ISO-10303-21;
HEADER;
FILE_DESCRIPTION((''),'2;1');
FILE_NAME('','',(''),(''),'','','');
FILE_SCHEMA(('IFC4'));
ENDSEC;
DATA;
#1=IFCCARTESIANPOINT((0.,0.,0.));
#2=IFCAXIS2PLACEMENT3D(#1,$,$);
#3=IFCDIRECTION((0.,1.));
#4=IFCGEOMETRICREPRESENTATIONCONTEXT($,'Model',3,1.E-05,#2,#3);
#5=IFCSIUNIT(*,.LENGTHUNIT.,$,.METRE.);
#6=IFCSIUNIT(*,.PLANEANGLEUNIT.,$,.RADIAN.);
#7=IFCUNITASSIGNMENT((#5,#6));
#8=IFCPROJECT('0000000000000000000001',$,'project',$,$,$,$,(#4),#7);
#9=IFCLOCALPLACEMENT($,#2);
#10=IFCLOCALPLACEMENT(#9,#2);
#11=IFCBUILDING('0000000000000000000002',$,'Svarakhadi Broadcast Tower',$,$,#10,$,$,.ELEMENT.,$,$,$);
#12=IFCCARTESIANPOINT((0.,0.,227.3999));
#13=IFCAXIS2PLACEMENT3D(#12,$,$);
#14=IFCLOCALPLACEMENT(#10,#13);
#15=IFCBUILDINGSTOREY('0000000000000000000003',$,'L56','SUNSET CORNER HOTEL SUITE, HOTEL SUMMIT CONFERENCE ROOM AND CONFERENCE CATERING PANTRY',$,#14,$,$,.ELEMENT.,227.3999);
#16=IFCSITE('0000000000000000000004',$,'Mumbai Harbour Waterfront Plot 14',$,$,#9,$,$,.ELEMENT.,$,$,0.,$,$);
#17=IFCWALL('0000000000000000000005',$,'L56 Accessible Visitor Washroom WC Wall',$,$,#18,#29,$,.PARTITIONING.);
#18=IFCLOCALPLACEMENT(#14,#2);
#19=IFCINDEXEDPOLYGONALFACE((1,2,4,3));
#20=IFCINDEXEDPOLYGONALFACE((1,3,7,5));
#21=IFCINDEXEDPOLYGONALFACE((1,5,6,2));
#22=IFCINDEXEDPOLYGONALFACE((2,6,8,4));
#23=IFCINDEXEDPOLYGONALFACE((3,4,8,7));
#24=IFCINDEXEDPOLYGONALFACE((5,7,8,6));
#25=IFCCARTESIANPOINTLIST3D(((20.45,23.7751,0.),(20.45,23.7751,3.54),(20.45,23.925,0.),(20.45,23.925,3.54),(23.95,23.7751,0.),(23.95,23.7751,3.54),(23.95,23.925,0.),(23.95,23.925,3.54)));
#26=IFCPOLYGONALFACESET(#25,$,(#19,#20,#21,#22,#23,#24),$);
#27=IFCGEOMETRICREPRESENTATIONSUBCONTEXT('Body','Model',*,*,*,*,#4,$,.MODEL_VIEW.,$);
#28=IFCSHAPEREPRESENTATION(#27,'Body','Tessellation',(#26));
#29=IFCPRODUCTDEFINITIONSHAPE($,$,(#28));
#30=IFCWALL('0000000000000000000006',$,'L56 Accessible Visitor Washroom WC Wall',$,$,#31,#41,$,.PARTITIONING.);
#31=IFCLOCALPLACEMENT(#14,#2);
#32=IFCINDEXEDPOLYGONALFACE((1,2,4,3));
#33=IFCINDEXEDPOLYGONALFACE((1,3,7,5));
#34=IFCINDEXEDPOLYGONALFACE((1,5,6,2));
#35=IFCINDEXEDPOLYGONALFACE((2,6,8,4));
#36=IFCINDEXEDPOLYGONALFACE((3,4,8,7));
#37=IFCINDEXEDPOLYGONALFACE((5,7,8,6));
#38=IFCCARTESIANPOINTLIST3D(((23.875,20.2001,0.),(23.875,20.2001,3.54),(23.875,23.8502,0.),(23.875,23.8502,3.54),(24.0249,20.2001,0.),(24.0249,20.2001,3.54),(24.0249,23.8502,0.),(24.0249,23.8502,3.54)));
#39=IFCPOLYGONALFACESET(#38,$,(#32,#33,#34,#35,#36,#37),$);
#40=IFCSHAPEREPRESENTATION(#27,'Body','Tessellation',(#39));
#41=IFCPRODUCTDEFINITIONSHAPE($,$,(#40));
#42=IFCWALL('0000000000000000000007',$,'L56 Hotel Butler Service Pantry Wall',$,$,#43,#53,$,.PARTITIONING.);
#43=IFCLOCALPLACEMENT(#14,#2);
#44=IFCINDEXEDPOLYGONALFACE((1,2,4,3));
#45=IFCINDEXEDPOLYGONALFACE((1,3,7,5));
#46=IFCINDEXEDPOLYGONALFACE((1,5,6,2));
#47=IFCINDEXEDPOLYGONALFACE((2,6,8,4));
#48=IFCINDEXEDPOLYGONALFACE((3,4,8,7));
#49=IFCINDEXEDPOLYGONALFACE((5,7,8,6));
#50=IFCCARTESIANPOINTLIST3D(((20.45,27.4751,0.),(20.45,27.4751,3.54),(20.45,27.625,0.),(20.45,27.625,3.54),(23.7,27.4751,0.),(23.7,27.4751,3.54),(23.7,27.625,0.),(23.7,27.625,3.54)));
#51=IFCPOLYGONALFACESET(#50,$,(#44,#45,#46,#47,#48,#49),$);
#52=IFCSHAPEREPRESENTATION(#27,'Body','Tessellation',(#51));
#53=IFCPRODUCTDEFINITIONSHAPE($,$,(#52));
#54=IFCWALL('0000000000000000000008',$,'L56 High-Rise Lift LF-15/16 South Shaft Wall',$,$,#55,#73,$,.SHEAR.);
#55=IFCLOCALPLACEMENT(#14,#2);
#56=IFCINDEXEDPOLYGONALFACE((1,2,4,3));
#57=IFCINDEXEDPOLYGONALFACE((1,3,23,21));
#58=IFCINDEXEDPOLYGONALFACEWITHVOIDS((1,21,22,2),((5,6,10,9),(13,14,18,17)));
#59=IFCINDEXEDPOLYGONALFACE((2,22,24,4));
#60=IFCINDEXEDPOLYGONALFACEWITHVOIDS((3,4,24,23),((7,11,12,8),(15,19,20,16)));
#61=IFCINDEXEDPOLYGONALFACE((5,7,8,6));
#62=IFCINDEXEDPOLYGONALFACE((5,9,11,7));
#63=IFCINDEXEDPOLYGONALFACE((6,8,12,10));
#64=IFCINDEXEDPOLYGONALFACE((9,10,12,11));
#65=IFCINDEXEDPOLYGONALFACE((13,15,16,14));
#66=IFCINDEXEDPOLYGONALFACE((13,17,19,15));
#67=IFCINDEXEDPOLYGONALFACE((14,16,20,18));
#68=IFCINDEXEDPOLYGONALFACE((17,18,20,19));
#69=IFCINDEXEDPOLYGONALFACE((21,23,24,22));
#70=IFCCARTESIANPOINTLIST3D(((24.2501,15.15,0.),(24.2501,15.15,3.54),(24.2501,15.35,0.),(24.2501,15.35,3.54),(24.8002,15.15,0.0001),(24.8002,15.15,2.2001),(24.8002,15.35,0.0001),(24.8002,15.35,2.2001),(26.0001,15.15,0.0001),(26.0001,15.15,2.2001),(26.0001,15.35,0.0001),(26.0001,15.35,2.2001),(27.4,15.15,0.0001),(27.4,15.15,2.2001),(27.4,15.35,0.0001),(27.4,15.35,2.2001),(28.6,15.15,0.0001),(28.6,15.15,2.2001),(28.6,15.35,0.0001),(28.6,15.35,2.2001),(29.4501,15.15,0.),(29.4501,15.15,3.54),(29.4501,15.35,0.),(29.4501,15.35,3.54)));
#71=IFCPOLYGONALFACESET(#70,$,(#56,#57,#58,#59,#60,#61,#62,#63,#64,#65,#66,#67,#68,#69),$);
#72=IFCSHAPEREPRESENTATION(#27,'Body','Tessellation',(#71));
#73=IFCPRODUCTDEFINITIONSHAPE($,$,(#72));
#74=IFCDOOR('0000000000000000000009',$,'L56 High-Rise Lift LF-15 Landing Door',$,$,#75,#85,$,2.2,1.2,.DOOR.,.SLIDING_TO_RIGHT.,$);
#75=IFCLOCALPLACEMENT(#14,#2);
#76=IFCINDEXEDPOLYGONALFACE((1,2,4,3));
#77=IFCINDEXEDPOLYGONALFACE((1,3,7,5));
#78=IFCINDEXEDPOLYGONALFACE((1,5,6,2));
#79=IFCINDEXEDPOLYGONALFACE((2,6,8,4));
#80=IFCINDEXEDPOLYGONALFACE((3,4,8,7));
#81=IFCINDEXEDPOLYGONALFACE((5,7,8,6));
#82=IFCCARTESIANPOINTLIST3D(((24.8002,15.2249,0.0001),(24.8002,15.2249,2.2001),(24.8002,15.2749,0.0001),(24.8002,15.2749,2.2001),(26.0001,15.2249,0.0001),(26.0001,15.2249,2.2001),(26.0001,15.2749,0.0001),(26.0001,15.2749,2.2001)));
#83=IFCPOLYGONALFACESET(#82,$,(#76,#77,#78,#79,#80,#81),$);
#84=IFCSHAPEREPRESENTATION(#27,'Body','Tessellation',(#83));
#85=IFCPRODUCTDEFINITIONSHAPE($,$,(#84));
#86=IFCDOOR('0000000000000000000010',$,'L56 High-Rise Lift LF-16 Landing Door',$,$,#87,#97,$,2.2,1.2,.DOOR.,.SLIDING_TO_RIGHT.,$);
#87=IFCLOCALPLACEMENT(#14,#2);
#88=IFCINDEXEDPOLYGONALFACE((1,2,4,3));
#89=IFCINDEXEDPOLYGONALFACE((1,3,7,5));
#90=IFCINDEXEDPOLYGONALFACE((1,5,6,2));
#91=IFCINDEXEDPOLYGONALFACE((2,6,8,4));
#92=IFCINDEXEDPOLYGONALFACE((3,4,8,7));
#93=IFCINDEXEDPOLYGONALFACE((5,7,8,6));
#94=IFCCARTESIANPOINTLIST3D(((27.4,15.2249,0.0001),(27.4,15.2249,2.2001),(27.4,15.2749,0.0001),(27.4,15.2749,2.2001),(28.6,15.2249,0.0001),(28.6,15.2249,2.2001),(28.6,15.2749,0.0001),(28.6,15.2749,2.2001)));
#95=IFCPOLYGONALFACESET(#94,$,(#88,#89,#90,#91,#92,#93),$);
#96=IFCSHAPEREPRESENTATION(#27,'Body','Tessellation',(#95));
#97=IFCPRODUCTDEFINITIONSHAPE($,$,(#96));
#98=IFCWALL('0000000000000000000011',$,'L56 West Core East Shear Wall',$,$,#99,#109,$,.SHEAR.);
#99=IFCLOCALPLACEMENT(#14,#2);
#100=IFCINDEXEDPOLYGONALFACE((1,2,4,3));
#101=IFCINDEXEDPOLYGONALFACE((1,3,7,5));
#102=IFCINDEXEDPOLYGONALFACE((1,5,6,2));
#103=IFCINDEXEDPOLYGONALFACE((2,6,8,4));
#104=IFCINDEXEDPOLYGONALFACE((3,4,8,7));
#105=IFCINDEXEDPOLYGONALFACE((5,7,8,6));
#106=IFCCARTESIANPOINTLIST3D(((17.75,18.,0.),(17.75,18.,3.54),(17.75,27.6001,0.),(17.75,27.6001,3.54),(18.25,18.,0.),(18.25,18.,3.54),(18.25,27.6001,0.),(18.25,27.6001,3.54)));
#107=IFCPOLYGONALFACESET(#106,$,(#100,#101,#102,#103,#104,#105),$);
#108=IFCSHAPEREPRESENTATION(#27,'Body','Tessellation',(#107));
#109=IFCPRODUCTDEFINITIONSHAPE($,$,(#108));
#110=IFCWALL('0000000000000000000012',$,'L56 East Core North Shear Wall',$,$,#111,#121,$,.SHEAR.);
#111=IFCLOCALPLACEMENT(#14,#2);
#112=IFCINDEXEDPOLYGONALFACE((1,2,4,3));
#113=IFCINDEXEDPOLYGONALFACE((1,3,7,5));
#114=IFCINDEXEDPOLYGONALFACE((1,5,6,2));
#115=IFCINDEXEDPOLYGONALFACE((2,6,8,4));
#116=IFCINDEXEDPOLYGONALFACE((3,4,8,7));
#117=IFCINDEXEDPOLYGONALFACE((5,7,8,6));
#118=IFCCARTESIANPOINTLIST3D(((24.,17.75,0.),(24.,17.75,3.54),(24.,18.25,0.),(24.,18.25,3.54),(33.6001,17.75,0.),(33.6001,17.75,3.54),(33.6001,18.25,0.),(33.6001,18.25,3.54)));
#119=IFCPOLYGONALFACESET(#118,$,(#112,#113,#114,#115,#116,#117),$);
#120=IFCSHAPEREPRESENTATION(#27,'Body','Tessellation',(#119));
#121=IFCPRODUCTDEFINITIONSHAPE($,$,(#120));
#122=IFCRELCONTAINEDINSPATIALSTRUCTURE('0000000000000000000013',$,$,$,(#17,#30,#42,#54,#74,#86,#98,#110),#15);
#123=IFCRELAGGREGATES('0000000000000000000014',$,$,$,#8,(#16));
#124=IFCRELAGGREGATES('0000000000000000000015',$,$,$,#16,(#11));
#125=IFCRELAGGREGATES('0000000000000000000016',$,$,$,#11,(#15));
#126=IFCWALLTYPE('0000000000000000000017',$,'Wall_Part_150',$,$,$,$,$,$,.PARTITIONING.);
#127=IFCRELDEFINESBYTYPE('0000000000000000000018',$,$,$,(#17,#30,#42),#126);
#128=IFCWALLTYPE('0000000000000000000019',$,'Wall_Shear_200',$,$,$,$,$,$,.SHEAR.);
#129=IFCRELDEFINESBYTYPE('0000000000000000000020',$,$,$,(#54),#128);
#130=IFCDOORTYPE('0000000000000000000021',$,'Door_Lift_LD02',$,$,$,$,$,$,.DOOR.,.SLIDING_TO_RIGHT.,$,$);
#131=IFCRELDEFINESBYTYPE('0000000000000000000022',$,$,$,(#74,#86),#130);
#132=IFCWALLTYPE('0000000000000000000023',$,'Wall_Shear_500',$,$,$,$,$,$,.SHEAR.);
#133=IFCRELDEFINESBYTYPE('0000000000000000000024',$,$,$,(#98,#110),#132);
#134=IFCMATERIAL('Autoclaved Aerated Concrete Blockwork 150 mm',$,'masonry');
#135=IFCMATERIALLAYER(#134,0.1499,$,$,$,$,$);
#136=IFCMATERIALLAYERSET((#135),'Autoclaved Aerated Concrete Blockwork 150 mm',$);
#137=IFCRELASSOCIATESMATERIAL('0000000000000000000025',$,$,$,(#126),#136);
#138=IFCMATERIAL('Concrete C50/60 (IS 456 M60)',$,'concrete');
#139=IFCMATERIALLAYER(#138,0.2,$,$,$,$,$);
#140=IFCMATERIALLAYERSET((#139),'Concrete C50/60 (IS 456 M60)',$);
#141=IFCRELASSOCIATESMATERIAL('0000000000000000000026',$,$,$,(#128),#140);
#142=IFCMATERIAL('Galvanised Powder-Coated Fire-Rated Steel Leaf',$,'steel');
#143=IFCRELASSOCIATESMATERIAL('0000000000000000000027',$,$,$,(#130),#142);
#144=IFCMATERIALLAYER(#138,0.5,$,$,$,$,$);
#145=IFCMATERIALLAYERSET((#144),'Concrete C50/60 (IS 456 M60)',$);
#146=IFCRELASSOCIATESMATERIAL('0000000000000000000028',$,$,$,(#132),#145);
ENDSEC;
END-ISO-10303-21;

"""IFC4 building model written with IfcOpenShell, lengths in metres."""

from ifc_helpers import new_model, si_unit, direction, frame, frame_2d, origin, place, context, subcontext, project, spatial, rectangle, extrude, material, layer, layer_set, type_object, element, fill, save


model = new_model("IFC4")

# Units and contexts
model_context = context("Model", 3, precision=1e-05, world=origin(), true_north=direction((0.0, 1.0)))
body_context = subcontext(model_context, "Body", "Model", "MODEL_VIEW")
ifc_project = project(units=[si_unit("LENGTHUNIT", "METRE"), si_unit("PLANEANGLEUNIT", "RADIAN")], contexts=[model_context])

# Site, building, storey
site_placement = place(None, origin())
site = spatial("IfcSite", under=ifc_project, at=site_placement, Name="Mumbai Harbour Waterfront Plot 14", CompositionType="ELEMENT", RefElevation=0.0)
building_placement = place(site_placement, origin())
building = spatial("IfcBuilding", under=site, at=building_placement, Name="Svarakhadi Broadcast Tower", CompositionType="ELEMENT")
storey_placement = place(building_placement, frame((0.0, 0.0, 227.3999)))
storey = spatial("IfcBuildingStorey", under=building, at=storey_placement, Name="L56", Description="SUNSET CORNER HOTEL SUITE, HOTEL SUMMIT CONFERENCE ROOM AND CONFERENCE CATERING PANTRY", CompositionType="ELEMENT", Elevation=227.3999)

# Shared definitions
ifc_material_1 = material(Name="Concrete C50/60 (IS 456 M60)", Category="concrete")

# Shared definitions
ifc_material_2 = material(Name="Autoclaved Aerated Concrete Blockwork 150 mm", Category="masonry")
ifc_layer_1 = layer(ifc_material_2, 0.1499)
ifc_layer_set_1 = layer_set([ifc_layer_1], Name="Autoclaved Aerated Concrete Blockwork 150 mm")
wall_type_1 = type_object("IfcWallType", Name="Wall_Part_150", PredefinedType="PARTITIONING", material=ifc_layer_set_1)

# Walls
wall_1_placement = place(storey_placement, frame((20.45, 23.8501, 0.0), z_axis=(0.0, 0.0, 1.0), x_axis=(1.0, 0.0, 0.0)))
element("IfcWall", 1, at=wall_1_placement, inside=storey, type_object=wall_type_1, Name="L56 Accessible Visitor Washroom WC Wall", PredefinedType="PARTITIONING", context=body_context, shape_type="SweptSolid", body=[
    extrude(rectangle(XDim=3.5, YDim=0.1499, at=frame_2d((1.75, 0.0))), origin(), (0.0, 0.0, 1.0), 3.54),
])
wall_2_placement = place(storey_placement, frame((23.95, 20.2, 0.0), z_axis=(0.0, 0.0, 1.0), x_axis=(0.0, 1.0, 0.0)))
element("IfcWall", 2, at=wall_2_placement, inside=storey, type_object=wall_type_1, Name="L56 Accessible Visitor Washroom WC Wall", PredefinedType="PARTITIONING", context=body_context, shape_type="SweptSolid", body=[
    extrude(rectangle(XDim=3.6501, YDim=0.1499, at=frame_2d((1.8252, 0.0))), origin(), (0.0, 0.0, 1.0), 3.54),
])
wall_3_placement = place(storey_placement, frame((20.45, 27.55, 0.0), z_axis=(0.0, 0.0, 1.0), x_axis=(1.0, 0.0, 0.0)))
element("IfcWall", 3, at=wall_3_placement, inside=storey, type_object=wall_type_1, Name="L56 Hotel Butler Service Pantry Wall", PredefinedType="PARTITIONING", context=body_context, shape_type="SweptSolid", body=[
    extrude(rectangle(XDim=3.25, YDim=0.1499, at=frame_2d((1.625, 0.0))), origin(), (0.0, 0.0, 1.0), 3.54),
])

# Wall, openings, doors
ifc_layer_2 = layer(ifc_material_1, 0.2)
ifc_layer_set_2 = layer_set([ifc_layer_2], Name="Concrete C50/60 (IS 456 M60)")
wall_type_2 = type_object("IfcWallType", Name="Wall_Shear_200", PredefinedType="SHEAR", material=ifc_layer_set_2)
wall_4_placement = place(storey_placement, frame((24.25, 15.25, 0.0), z_axis=(0.0, 0.0, 1.0), x_axis=(1.0, 0.0, 0.0)))
wall_4 = element("IfcWall", 4, at=wall_4_placement, inside=storey, type_object=wall_type_2, Name="L56 High-Rise Lift LF-15/16 South Shaft Wall", PredefinedType="SHEAR", context=body_context, shape_type="SweptSolid", body=[
    extrude(rectangle(XDim=5.2, YDim=0.2, at=frame_2d((2.6001, 0.0))), origin(), (0.0, 0.0, 1.0), 3.54),
])
opening_1_placement = place(wall_4_placement, frame((0.55, 0.0, 0.0)))
opening_1 = element("IfcOpeningElement", 5, at=opening_1_placement, cuts=wall_4, PredefinedType="OPENING", context=body_context, shape_type="SweptSolid", body=[
    extrude(rectangle(XDim=1.2, YDim=2.2, at=frame_2d((0.6001, 1.1001))), frame((0.0, 0.1099, 0.0), z_axis=(0.0, -1.0, 0.0), x_axis=(1.0, 0.0, 0.0)), (0.0, 0.0, 1.0), 0.22),
])
opening_2_placement = place(wall_4_placement, frame((3.1499, 0.0, 0.0)))
opening_2 = element("IfcOpeningElement", 6, at=opening_2_placement, cuts=wall_4, PredefinedType="OPENING", context=body_context, shape_type="SweptSolid", body=[
    extrude(rectangle(XDim=1.2, YDim=2.2, at=frame_2d((0.6001, 1.1001))), frame((0.0, 0.1099, 0.0), z_axis=(0.0, -1.0, 0.0), x_axis=(1.0, 0.0, 0.0)), (0.0, 0.0, 1.0), 0.22),
])
ifc_material_3 = material(Name="Galvanised Powder-Coated Fire-Rated Steel Leaf", Category="steel")
door_type_1 = type_object("IfcDoorType", Name="Door_Lift_LD02", OperationType="SLIDING_TO_RIGHT", PredefinedType="DOOR", material=ifc_material_3)
door_1_placement = place(opening_1_placement, origin())
door_1 = element("IfcDoor", 7, at=door_1_placement, inside=storey, type_object=door_type_1, Name="L56 High-Rise Lift LF-15 Landing Door", OperationType="SLIDING_TO_RIGHT", OverallHeight=2.2, OverallWidth=1.2, PredefinedType="DOOR", context=body_context, shape_type="SweptSolid", body=[
    extrude(rectangle(XDim=1.2, YDim=2.2, at=frame_2d((0.6001, 1.1001))), frame((0.0, 0.0249, 0.0), z_axis=(0.0, -1.0, 0.0), x_axis=(1.0, 0.0, 0.0)), (0.0, 0.0, 1.0), 0.05),
])
fill(opening_1, door_1)
door_2_placement = place(opening_2_placement, origin())
door_2 = element("IfcDoor", 8, at=door_2_placement, inside=storey, type_object=door_type_1, Name="L56 High-Rise Lift LF-16 Landing Door", OperationType="SLIDING_TO_RIGHT", OverallHeight=2.2, OverallWidth=1.2, PredefinedType="DOOR", context=body_context, shape_type="SweptSolid", body=[
    extrude(rectangle(XDim=1.2, YDim=2.2, at=frame_2d((0.6001, 1.1001))), frame((0.0, 0.0249, 0.0), z_axis=(0.0, -1.0, 0.0), x_axis=(1.0, 0.0, 0.0)), (0.0, 0.0, 1.0), 0.05),
])
fill(opening_2, door_2)

# Walls
ifc_layer_3 = layer(ifc_material_1, 0.5)
ifc_layer_set_3 = layer_set([ifc_layer_3], Name="Concrete C50/60 (IS 456 M60)")
wall_type_3 = type_object("IfcWallType", Name="Wall_Shear_500", PredefinedType="SHEAR", material=ifc_layer_set_3)
for number, where, z_axis, x_axis, name in (
    (9, (18.0, 18.0, 0.0), (0.0, 0.0, 1.0), (0.0, 1.0, 0.0), "L56 West Core East Shear Wall"),
    (10, (24.0, 18.0, 0.0), (0.0, 0.0, 1.0), (1.0, 0.0, 0.0), "L56 East Core North Shear Wall"),
):
    element("IfcWall", number, at=place(storey_placement, frame(where, z_axis=z_axis, x_axis=x_axis)), inside=storey, type_object=wall_type_3, Name=name, PredefinedType="SHEAR", context=body_context, shape_type="SweptSolid", body=[
        extrude(rectangle(XDim=9.6001, YDim=0.5, at=frame_2d((4.8, 0.0))), origin(), (0.0, 0.0, 1.0), 3.54),
    ])

save(model, "model.ifc")
